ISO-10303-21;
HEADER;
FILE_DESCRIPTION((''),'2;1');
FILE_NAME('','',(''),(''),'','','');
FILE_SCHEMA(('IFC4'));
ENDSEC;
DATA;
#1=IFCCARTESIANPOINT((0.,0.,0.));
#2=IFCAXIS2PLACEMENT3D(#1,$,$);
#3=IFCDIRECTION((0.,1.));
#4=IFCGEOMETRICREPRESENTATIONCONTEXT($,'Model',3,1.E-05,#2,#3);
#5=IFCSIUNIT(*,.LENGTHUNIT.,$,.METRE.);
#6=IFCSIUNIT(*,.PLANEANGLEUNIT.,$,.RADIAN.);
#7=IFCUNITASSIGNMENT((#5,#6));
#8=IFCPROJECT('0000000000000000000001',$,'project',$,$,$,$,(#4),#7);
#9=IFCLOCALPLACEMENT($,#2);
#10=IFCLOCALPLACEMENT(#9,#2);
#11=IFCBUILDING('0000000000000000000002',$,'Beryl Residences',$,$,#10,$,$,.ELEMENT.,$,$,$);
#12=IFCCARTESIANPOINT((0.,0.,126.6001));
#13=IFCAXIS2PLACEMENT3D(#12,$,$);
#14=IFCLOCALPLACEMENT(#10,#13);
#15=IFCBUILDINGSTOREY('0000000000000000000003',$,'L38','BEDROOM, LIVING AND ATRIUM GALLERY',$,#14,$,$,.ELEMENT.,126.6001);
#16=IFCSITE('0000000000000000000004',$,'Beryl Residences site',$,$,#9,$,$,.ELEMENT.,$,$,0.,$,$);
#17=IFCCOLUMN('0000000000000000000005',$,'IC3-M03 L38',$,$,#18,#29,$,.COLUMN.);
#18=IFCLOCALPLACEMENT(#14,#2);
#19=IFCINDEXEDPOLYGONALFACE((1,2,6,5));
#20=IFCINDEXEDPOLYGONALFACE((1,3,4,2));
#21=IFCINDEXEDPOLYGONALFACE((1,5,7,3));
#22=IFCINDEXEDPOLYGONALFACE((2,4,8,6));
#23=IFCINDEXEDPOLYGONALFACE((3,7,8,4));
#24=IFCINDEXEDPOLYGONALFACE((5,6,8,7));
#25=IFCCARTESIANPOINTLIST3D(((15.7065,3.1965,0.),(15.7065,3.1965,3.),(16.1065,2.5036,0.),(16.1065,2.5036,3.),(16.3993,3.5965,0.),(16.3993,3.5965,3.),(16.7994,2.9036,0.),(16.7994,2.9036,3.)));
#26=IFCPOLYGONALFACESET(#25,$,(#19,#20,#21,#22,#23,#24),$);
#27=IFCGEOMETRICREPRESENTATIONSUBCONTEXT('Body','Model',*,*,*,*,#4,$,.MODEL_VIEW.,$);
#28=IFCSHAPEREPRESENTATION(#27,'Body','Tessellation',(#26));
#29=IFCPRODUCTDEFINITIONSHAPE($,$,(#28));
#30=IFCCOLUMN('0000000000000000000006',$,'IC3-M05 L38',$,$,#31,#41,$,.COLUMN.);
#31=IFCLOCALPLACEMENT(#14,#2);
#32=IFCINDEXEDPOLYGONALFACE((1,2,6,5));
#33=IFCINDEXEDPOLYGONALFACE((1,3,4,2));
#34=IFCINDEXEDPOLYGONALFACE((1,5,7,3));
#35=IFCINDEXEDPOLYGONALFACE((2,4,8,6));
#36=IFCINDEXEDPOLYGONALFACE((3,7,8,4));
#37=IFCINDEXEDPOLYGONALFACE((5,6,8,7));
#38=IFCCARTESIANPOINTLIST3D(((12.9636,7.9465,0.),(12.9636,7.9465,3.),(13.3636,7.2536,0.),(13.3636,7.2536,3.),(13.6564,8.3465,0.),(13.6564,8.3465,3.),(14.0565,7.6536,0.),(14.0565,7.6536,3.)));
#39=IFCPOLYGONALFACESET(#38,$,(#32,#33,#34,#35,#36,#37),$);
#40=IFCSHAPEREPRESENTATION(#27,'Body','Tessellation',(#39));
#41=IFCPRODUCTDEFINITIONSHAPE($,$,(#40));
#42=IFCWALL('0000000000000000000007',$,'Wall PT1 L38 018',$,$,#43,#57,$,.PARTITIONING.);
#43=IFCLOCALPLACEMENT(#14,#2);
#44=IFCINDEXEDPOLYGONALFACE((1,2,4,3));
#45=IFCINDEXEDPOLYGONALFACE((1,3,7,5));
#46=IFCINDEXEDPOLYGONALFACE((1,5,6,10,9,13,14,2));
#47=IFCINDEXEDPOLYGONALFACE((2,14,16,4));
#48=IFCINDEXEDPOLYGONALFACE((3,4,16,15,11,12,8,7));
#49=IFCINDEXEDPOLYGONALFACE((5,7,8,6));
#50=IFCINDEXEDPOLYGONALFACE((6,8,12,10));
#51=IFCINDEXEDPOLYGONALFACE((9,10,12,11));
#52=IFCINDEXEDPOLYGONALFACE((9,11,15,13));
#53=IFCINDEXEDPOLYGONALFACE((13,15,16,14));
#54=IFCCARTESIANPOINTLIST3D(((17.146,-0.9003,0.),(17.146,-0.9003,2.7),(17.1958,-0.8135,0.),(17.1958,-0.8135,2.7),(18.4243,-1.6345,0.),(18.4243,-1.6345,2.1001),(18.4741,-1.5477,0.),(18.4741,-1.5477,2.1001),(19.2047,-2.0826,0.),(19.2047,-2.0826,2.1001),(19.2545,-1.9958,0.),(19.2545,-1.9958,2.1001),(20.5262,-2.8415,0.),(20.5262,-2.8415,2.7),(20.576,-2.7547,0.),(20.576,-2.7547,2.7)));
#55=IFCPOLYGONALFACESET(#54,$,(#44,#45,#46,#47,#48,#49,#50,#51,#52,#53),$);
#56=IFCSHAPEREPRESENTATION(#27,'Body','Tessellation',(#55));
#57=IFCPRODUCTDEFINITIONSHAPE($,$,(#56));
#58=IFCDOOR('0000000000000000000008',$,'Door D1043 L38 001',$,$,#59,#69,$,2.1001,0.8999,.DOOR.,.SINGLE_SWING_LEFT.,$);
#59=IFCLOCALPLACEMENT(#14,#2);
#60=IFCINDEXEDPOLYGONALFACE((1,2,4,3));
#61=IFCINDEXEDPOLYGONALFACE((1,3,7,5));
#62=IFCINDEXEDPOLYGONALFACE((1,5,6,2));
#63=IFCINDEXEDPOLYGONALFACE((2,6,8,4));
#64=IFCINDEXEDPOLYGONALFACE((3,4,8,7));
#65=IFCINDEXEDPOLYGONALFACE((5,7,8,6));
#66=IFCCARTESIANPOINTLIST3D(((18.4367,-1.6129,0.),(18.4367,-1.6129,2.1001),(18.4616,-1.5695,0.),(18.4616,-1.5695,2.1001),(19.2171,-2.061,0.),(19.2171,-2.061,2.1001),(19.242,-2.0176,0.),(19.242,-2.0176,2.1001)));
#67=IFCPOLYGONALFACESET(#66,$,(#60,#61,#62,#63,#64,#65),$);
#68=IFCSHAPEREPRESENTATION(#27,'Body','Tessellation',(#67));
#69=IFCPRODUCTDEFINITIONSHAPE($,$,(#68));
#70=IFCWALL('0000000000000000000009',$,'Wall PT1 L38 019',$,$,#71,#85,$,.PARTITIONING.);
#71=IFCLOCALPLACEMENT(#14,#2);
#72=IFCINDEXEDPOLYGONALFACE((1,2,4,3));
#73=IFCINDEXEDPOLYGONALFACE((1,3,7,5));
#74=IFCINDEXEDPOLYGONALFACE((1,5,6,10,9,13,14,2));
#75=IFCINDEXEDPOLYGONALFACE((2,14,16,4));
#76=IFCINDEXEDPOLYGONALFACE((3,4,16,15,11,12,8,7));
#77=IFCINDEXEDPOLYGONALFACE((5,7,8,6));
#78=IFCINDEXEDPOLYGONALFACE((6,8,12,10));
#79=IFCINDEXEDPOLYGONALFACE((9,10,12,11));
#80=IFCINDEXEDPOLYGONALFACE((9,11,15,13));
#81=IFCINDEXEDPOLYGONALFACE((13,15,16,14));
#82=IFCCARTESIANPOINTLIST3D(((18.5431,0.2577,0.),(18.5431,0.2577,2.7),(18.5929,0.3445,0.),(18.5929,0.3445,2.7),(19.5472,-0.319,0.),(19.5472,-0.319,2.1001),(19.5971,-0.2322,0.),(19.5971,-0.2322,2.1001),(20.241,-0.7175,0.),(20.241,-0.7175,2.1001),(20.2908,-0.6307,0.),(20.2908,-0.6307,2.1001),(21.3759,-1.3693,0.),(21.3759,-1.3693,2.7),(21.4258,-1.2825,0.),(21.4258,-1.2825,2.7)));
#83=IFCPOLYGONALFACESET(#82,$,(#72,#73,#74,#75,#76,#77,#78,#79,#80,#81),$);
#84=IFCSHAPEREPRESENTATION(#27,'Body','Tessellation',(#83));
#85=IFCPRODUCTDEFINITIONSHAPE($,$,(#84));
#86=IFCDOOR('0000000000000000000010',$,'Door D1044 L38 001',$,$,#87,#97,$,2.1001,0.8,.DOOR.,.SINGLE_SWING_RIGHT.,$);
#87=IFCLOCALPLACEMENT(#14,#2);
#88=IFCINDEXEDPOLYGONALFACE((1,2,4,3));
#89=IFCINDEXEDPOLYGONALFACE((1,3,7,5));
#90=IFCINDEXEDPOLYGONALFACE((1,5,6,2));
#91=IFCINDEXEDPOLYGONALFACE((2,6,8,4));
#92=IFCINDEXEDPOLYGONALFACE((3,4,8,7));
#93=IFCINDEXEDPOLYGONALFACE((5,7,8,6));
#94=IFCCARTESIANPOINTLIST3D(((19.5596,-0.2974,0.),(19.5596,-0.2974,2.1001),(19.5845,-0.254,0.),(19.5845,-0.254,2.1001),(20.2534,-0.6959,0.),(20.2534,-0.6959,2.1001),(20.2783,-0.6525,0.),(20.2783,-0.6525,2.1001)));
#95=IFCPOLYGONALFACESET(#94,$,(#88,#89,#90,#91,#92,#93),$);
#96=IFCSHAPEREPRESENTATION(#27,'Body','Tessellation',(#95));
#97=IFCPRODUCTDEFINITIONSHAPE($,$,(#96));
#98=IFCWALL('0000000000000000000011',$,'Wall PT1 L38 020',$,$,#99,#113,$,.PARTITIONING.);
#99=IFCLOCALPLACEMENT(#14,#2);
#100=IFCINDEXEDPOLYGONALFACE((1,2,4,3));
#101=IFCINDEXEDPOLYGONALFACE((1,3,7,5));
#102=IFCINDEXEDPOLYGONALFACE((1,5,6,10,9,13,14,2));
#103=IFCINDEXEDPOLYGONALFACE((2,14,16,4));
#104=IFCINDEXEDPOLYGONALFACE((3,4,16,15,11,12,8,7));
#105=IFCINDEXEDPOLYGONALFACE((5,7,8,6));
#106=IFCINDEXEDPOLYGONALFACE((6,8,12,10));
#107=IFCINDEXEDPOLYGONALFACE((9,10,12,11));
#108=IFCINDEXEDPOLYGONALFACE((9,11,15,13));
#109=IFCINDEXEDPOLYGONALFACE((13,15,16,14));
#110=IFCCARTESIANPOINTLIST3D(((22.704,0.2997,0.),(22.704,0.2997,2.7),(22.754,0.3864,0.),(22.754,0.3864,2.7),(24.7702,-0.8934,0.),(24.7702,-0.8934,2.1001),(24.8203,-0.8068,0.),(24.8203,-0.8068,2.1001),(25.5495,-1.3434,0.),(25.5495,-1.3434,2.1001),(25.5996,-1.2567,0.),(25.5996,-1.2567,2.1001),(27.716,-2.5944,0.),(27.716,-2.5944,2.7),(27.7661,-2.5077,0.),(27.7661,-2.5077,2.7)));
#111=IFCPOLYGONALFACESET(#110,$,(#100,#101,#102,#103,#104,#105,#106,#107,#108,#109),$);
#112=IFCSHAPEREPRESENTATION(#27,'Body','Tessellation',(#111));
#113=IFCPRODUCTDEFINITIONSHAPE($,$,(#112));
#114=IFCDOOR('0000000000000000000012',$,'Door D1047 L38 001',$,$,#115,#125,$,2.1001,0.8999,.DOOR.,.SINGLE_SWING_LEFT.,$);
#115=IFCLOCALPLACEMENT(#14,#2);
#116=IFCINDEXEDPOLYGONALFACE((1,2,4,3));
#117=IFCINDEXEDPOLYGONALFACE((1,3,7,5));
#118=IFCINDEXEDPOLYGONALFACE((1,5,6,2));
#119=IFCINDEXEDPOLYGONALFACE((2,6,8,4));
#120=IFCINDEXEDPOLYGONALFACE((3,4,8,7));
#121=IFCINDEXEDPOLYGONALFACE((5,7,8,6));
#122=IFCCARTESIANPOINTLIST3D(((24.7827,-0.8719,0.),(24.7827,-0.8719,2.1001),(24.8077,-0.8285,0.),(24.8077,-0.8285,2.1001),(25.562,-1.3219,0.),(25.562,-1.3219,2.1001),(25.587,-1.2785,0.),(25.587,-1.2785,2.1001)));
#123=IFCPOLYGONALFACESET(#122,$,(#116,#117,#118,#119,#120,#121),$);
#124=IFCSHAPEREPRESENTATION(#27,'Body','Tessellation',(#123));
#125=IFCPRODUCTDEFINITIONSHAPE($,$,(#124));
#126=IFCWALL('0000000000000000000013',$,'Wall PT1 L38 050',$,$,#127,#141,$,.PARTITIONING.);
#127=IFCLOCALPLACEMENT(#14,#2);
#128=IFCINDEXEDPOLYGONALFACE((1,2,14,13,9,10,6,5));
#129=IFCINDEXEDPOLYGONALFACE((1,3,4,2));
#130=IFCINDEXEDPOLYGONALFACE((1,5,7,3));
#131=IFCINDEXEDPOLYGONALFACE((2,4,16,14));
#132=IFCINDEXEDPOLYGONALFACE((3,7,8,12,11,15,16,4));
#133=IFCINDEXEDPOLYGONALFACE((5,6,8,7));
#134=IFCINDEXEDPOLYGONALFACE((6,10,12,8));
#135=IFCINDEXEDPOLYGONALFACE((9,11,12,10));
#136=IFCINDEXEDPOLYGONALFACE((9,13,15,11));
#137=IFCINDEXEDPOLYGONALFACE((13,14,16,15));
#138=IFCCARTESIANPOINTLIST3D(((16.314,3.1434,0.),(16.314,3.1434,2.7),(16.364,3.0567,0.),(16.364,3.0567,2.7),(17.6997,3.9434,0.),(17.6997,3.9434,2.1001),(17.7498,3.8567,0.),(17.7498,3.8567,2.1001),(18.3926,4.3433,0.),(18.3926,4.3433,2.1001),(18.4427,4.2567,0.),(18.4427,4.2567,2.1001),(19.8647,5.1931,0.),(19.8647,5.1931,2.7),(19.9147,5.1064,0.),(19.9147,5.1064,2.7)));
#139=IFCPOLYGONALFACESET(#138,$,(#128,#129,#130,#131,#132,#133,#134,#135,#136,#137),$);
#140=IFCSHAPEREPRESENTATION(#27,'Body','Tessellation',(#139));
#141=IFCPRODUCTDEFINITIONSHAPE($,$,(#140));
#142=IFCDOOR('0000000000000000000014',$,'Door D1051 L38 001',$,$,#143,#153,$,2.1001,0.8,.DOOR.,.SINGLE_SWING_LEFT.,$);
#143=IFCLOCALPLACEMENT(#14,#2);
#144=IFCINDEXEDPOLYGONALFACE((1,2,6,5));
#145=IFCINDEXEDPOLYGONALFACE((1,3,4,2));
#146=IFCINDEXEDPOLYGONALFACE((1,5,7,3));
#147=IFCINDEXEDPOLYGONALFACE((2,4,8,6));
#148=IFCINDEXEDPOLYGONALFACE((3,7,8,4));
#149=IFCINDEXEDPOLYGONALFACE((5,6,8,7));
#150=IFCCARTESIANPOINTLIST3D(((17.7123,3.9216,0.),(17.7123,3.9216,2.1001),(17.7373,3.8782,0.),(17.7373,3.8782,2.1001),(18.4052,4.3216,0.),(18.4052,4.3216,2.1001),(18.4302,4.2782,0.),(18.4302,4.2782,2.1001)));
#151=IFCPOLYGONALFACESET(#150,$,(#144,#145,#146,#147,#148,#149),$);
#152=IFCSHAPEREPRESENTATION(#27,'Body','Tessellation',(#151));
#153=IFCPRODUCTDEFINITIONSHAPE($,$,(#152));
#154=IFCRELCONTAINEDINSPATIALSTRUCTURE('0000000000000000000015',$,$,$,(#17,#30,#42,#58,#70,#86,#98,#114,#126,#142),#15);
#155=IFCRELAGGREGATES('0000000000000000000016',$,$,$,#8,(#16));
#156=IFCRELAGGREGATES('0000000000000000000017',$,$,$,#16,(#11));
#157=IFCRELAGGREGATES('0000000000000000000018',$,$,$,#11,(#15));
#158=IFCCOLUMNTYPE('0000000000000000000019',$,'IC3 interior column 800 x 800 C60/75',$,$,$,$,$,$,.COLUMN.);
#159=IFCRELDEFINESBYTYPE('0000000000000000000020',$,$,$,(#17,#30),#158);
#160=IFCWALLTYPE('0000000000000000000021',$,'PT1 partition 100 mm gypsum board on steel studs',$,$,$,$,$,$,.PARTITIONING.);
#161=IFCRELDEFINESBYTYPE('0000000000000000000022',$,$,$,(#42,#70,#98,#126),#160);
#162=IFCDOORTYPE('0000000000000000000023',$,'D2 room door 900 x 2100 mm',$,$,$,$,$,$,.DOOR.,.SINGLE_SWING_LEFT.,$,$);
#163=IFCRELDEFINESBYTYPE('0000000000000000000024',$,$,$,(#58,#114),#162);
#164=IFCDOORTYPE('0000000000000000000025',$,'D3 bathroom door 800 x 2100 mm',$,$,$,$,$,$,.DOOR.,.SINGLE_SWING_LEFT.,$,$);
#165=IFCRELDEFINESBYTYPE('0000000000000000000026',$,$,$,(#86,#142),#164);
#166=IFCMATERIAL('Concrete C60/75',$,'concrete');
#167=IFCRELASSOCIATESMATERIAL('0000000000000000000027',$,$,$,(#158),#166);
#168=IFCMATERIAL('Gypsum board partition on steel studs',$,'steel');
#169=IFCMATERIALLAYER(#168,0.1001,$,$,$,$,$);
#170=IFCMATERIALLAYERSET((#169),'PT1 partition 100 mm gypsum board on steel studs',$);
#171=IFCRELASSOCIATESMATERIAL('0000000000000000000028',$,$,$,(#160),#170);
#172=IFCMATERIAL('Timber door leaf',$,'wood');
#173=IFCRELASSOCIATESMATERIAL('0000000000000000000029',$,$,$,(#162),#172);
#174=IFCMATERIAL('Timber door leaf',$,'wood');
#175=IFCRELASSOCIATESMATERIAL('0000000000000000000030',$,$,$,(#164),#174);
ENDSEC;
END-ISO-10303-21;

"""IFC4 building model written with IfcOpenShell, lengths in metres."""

from ifc_helpers import new_model, si_unit, direction, frame, frame_2d, origin, origin_2d, place, context, subcontext, project, spatial, rectangle, extrude, material, layer, layer_set, material_profile, profile_set, type_object, element, fill, save


model = new_model("IFC4")

# Units and contexts
model_context = context("Model", 3, precision=1e-05, world=origin(), true_north=direction((0.0, 1.0)))
body_context = subcontext(model_context, "Body", "Model", "MODEL_VIEW")
ifc_project = project(units=[si_unit("LENGTHUNIT", "METRE"), si_unit("PLANEANGLEUNIT", "RADIAN")], contexts=[model_context])

# Site, building, storey
site_placement = place(None, origin())
site = spatial("IfcSite", under=ifc_project, at=site_placement, Name="Beryl Residences site", CompositionType="ELEMENT", RefElevation=0.0)
building_placement = place(site_placement, origin())
building = spatial("IfcBuilding", under=site, at=building_placement, Name="Beryl Residences", CompositionType="ELEMENT")
storey_placement = place(building_placement, frame((0.0, 0.0, 126.6001)))
storey = spatial("IfcBuildingStorey", under=building, at=storey_placement, Name="L38", Description="BEDROOM, LIVING AND ATRIUM GALLERY", CompositionType="ELEMENT", Elevation=126.6001)

# Columns
ifc_material_1 = material(Name="Concrete C60/75", Category="concrete")
ifc_material_profile = material_profile(ifc_material_1, rectangle(XDim=0.8, YDim=0.8, at=origin_2d()))
ifc_profile_set = profile_set([ifc_material_profile], Name="Concrete C60/75")
column_type = type_object("IfcColumnType", Name="IC3 interior column 800 x 800 C60/75", PredefinedType="COLUMN", material=ifc_profile_set)
for number, where, z_axis, x_axis, name in (
    (1, (16.2529, 3.05, 0.0), (0.0, 0.0, 1.0), (-0.5, 0.866025, 0.0), "IC3-M03 L38"),
    (2, (13.51, 7.8, 0.0), (0.0, 0.0, 1.0), (-0.5, 0.866025, 0.0), "IC3-M05 L38"),
):
    element("IfcColumn", number, at=place(storey_placement, frame(where, z_axis=z_axis, x_axis=x_axis)), inside=storey, type_object=column_type, Name=name, PredefinedType="COLUMN", context=body_context, shape_type="SweptSolid", body=[
        extrude(rectangle(XDim=0.8, YDim=0.8, at=origin_2d()), origin(), (0.0, 0.0, 1.0), 3.0),
    ])

# Walls, openings, doors
ifc_material_2 = material(Name="Gypsum board partition on steel studs", Category="steel")
ifc_layer_1 = layer(ifc_material_2, 0.1001)
ifc_layer_set_1 = layer_set([ifc_layer_1], Name="PT1 partition 100 mm gypsum board on steel studs")
wall_type_1 = type_object("IfcWallType", Name="PT1 partition 100 mm gypsum board on steel studs", PredefinedType="PARTITIONING", material=ifc_layer_set_1)
wall_1_placement = place(storey_placement, frame((17.1709, -0.8569, 0.0), z_axis=(0.0, 0.0, 1.0), x_axis=(0.867173, -0.498006, 0.0)))
wall_1 = element("IfcWall", 3, at=wall_1_placement, inside=storey, type_object=wall_type_1, Name="Wall PT1 L38 018", PredefinedType="PARTITIONING", context=body_context, shape_type="SweptSolid", body=[
    extrude(rectangle(XDim=3.8979, YDim=0.1001, at=frame_2d((1.949, 0.0))), origin(), (0.0, 0.0, 1.0), 2.7),
])
opening_1_placement = place(wall_1_placement, frame((1.4741, 0.0, 0.0)))
opening_1 = element("IfcOpeningElement", 4, at=opening_1_placement, cuts=wall_1, PredefinedType="OPENING", context=body_context, shape_type="SweptSolid", body=[
    extrude(rectangle(XDim=0.8999, YDim=2.1001, at=frame_2d((0.45, 1.05))), frame((0.0, 0.0601, 0.0), z_axis=(0.0, -1.0, 0.0), x_axis=(1.0, 0.0, 0.0)), (0.0, 0.0, 1.0), 0.1201),
])
ifc_material_3 = material(Name="Timber door leaf", Category="wood")
door_type_1 = type_object("IfcDoorType", Name="D2 room door 900 x 2100 mm", OperationType="SINGLE_SWING_LEFT", PredefinedType="DOOR", material=ifc_material_3)
door_1_placement = place(opening_1_placement, origin())
door_1 = element("IfcDoor", 5, at=door_1_placement, inside=storey, type_object=door_type_1, Name="Door D1043 L38 001", OperationType="SINGLE_SWING_LEFT", OverallHeight=2.1001, OverallWidth=0.8999, PredefinedType="DOOR", context=body_context, shape_type="SweptSolid", body=[
    extrude(rectangle(XDim=0.8999, YDim=2.1001, at=frame_2d((0.45, 1.05))), frame((0.0, 0.0249, 0.0), z_axis=(0.0, -1.0, 0.0), x_axis=(1.0, 0.0, 0.0)), (0.0, 0.0, 1.0), 0.05),
])
fill(opening_1, door_1)
wall_2_placement = place(storey_placement, frame((18.5681, 0.301, 0.0), z_axis=(0.0, 0.0, 1.0), x_axis=(0.867156, -0.498037, 0.0)))
wall_2 = element("IfcWall", 6, at=wall_2_placement, inside=storey, type_object=wall_type_1, Name="Wall PT1 L38 019", PredefinedType="PARTITIONING", context=body_context, shape_type="SweptSolid", body=[
    extrude(rectangle(XDim=3.2668, YDim=0.1001, at=frame_2d((1.6333, 0.0))), origin(), (0.0, 0.0, 1.0), 2.7),
])
opening_2_placement = place(wall_2_placement, frame((1.158, 0.0, 0.0)))
opening_2 = element("IfcOpeningElement", 7, at=opening_2_placement, cuts=wall_2, PredefinedType="OPENING", context=body_context, shape_type="SweptSolid", body=[
    extrude(rectangle(XDim=0.8, YDim=2.1001, at=frame_2d((0.3999, 1.05))), frame((0.0, 0.0601, 0.0), z_axis=(0.0, -1.0, 0.0), x_axis=(1.0, 0.0, 0.0)), (0.0, 0.0, 1.0), 0.1201),
])
ifc_material_4 = material(Name="Timber door leaf", Category="wood")
door_type_2 = type_object("IfcDoorType", Name="D3 bathroom door 800 x 2100 mm", OperationType="SINGLE_SWING_LEFT", PredefinedType="DOOR", material=ifc_material_4)
door_2_placement = place(opening_2_placement, origin())
door_2 = element("IfcDoor", 8, at=door_2_placement, inside=storey, type_object=door_type_2, Name="Door D1044 L38 001", OperationType="SINGLE_SWING_RIGHT", OverallHeight=2.1001, OverallWidth=0.8, PredefinedType="DOOR", context=body_context, shape_type="SweptSolid", body=[
    extrude(rectangle(XDim=0.8, YDim=2.1001, at=frame_2d((0.3999, 1.05))), frame((0.0, 0.0249, 0.0), z_axis=(0.0, -1.0, 0.0), x_axis=(1.0, 0.0, 0.0)), (0.0, 0.0, 1.0), 0.05),
])
fill(opening_2, door_2)
wall_3_placement = place(storey_placement, frame((22.729, 0.343, 0.0), z_axis=(0.0, 0.0, 1.0), x_axis=(0.865997, -0.50005, 0.0)))
wall_3 = element("IfcWall", 9, at=wall_3_placement, inside=storey, type_object=wall_type_1, Name="Wall PT1 L38 020", PredefinedType="PARTITIONING", context=body_context, shape_type="SweptSolid", body=[
    extrude(rectangle(XDim=5.7876, YDim=0.1001, at=frame_2d((2.8938, 0.0))), origin(), (0.0, 0.0, 1.0), 2.7),
])
opening_3_placement = place(wall_3_placement, frame((2.386, 0.0, 0.0)))
opening_3 = element("IfcOpeningElement", 10, at=opening_3_placement, cuts=wall_3, PredefinedType="OPENING", context=body_context, shape_type="SweptSolid", body=[
    extrude(rectangle(XDim=0.8999, YDim=2.1001, at=frame_2d((0.45, 1.05))), frame((0.0, 0.0601, 0.0), z_axis=(0.0, -1.0, 0.0), x_axis=(1.0, 0.0, 0.0)), (0.0, 0.0, 1.0), 0.1201),
])
door_3_placement = place(opening_3_placement, origin())
door_3 = element("IfcDoor", 11, at=door_3_placement, inside=storey, type_object=door_type_1, Name="Door D1047 L38 001", OperationType="SINGLE_SWING_LEFT", OverallHeight=2.1001, OverallWidth=0.8999, PredefinedType="DOOR", context=body_context, shape_type="SweptSolid", body=[
    extrude(rectangle(XDim=0.8999, YDim=2.1001, at=frame_2d((0.45, 1.05))), frame((0.0, 0.0249, 0.0), z_axis=(0.0, -1.0, 0.0), x_axis=(1.0, 0.0, 0.0)), (0.0, 0.0, 1.0), 0.05),
])
fill(opening_3, door_3)
wall_4_placement = place(storey_placement, frame((16.3391, 3.1001, 0.0), z_axis=(0.0, 0.0, 1.0), x_axis=(0.866051, 0.499956, 0.0)))
wall_4 = element("IfcWall", 12, at=wall_4_placement, inside=storey, type_object=wall_type_1, Name="Wall PT1 L38 050", PredefinedType="PARTITIONING", context=body_context, shape_type="SweptSolid", body=[
    extrude(rectangle(XDim=4.0999, YDim=0.1001, at=frame_2d((2.0498, 0.0))), origin(), (0.0, 0.0, 1.0), 2.7),
])
opening_4_placement = place(wall_4_placement, frame((1.6001, 0.0, 0.0)))
opening_4 = element("IfcOpeningElement", 13, at=opening_4_placement, cuts=wall_4, PredefinedType="OPENING", context=body_context, shape_type="SweptSolid", body=[
    extrude(rectangle(XDim=0.8, YDim=2.1001, at=frame_2d((0.3999, 1.05))), frame((0.0, 0.0601, 0.0), z_axis=(0.0, -1.0, 0.0), x_axis=(1.0, 0.0, 0.0)), (0.0, 0.0, 1.0), 0.1201),
])
door_4_placement = place(opening_4_placement, origin())
door_4 = element("IfcDoor", 14, at=door_4_placement, inside=storey, type_object=door_type_2, Name="Door D1051 L38 001", OperationType="SINGLE_SWING_LEFT", OverallHeight=2.1001, OverallWidth=0.8, PredefinedType="DOOR", context=body_context, shape_type="SweptSolid", body=[
    extrude(rectangle(XDim=0.8, YDim=2.1001, at=frame_2d((0.3999, 1.05))), frame((0.0, 0.0249, 0.0), z_axis=(0.0, -1.0, 0.0), x_axis=(1.0, 0.0, 0.0)), (0.0, 0.0, 1.0), 0.05),
])
fill(opening_4, door_4)

save(model, "model.ifc")
